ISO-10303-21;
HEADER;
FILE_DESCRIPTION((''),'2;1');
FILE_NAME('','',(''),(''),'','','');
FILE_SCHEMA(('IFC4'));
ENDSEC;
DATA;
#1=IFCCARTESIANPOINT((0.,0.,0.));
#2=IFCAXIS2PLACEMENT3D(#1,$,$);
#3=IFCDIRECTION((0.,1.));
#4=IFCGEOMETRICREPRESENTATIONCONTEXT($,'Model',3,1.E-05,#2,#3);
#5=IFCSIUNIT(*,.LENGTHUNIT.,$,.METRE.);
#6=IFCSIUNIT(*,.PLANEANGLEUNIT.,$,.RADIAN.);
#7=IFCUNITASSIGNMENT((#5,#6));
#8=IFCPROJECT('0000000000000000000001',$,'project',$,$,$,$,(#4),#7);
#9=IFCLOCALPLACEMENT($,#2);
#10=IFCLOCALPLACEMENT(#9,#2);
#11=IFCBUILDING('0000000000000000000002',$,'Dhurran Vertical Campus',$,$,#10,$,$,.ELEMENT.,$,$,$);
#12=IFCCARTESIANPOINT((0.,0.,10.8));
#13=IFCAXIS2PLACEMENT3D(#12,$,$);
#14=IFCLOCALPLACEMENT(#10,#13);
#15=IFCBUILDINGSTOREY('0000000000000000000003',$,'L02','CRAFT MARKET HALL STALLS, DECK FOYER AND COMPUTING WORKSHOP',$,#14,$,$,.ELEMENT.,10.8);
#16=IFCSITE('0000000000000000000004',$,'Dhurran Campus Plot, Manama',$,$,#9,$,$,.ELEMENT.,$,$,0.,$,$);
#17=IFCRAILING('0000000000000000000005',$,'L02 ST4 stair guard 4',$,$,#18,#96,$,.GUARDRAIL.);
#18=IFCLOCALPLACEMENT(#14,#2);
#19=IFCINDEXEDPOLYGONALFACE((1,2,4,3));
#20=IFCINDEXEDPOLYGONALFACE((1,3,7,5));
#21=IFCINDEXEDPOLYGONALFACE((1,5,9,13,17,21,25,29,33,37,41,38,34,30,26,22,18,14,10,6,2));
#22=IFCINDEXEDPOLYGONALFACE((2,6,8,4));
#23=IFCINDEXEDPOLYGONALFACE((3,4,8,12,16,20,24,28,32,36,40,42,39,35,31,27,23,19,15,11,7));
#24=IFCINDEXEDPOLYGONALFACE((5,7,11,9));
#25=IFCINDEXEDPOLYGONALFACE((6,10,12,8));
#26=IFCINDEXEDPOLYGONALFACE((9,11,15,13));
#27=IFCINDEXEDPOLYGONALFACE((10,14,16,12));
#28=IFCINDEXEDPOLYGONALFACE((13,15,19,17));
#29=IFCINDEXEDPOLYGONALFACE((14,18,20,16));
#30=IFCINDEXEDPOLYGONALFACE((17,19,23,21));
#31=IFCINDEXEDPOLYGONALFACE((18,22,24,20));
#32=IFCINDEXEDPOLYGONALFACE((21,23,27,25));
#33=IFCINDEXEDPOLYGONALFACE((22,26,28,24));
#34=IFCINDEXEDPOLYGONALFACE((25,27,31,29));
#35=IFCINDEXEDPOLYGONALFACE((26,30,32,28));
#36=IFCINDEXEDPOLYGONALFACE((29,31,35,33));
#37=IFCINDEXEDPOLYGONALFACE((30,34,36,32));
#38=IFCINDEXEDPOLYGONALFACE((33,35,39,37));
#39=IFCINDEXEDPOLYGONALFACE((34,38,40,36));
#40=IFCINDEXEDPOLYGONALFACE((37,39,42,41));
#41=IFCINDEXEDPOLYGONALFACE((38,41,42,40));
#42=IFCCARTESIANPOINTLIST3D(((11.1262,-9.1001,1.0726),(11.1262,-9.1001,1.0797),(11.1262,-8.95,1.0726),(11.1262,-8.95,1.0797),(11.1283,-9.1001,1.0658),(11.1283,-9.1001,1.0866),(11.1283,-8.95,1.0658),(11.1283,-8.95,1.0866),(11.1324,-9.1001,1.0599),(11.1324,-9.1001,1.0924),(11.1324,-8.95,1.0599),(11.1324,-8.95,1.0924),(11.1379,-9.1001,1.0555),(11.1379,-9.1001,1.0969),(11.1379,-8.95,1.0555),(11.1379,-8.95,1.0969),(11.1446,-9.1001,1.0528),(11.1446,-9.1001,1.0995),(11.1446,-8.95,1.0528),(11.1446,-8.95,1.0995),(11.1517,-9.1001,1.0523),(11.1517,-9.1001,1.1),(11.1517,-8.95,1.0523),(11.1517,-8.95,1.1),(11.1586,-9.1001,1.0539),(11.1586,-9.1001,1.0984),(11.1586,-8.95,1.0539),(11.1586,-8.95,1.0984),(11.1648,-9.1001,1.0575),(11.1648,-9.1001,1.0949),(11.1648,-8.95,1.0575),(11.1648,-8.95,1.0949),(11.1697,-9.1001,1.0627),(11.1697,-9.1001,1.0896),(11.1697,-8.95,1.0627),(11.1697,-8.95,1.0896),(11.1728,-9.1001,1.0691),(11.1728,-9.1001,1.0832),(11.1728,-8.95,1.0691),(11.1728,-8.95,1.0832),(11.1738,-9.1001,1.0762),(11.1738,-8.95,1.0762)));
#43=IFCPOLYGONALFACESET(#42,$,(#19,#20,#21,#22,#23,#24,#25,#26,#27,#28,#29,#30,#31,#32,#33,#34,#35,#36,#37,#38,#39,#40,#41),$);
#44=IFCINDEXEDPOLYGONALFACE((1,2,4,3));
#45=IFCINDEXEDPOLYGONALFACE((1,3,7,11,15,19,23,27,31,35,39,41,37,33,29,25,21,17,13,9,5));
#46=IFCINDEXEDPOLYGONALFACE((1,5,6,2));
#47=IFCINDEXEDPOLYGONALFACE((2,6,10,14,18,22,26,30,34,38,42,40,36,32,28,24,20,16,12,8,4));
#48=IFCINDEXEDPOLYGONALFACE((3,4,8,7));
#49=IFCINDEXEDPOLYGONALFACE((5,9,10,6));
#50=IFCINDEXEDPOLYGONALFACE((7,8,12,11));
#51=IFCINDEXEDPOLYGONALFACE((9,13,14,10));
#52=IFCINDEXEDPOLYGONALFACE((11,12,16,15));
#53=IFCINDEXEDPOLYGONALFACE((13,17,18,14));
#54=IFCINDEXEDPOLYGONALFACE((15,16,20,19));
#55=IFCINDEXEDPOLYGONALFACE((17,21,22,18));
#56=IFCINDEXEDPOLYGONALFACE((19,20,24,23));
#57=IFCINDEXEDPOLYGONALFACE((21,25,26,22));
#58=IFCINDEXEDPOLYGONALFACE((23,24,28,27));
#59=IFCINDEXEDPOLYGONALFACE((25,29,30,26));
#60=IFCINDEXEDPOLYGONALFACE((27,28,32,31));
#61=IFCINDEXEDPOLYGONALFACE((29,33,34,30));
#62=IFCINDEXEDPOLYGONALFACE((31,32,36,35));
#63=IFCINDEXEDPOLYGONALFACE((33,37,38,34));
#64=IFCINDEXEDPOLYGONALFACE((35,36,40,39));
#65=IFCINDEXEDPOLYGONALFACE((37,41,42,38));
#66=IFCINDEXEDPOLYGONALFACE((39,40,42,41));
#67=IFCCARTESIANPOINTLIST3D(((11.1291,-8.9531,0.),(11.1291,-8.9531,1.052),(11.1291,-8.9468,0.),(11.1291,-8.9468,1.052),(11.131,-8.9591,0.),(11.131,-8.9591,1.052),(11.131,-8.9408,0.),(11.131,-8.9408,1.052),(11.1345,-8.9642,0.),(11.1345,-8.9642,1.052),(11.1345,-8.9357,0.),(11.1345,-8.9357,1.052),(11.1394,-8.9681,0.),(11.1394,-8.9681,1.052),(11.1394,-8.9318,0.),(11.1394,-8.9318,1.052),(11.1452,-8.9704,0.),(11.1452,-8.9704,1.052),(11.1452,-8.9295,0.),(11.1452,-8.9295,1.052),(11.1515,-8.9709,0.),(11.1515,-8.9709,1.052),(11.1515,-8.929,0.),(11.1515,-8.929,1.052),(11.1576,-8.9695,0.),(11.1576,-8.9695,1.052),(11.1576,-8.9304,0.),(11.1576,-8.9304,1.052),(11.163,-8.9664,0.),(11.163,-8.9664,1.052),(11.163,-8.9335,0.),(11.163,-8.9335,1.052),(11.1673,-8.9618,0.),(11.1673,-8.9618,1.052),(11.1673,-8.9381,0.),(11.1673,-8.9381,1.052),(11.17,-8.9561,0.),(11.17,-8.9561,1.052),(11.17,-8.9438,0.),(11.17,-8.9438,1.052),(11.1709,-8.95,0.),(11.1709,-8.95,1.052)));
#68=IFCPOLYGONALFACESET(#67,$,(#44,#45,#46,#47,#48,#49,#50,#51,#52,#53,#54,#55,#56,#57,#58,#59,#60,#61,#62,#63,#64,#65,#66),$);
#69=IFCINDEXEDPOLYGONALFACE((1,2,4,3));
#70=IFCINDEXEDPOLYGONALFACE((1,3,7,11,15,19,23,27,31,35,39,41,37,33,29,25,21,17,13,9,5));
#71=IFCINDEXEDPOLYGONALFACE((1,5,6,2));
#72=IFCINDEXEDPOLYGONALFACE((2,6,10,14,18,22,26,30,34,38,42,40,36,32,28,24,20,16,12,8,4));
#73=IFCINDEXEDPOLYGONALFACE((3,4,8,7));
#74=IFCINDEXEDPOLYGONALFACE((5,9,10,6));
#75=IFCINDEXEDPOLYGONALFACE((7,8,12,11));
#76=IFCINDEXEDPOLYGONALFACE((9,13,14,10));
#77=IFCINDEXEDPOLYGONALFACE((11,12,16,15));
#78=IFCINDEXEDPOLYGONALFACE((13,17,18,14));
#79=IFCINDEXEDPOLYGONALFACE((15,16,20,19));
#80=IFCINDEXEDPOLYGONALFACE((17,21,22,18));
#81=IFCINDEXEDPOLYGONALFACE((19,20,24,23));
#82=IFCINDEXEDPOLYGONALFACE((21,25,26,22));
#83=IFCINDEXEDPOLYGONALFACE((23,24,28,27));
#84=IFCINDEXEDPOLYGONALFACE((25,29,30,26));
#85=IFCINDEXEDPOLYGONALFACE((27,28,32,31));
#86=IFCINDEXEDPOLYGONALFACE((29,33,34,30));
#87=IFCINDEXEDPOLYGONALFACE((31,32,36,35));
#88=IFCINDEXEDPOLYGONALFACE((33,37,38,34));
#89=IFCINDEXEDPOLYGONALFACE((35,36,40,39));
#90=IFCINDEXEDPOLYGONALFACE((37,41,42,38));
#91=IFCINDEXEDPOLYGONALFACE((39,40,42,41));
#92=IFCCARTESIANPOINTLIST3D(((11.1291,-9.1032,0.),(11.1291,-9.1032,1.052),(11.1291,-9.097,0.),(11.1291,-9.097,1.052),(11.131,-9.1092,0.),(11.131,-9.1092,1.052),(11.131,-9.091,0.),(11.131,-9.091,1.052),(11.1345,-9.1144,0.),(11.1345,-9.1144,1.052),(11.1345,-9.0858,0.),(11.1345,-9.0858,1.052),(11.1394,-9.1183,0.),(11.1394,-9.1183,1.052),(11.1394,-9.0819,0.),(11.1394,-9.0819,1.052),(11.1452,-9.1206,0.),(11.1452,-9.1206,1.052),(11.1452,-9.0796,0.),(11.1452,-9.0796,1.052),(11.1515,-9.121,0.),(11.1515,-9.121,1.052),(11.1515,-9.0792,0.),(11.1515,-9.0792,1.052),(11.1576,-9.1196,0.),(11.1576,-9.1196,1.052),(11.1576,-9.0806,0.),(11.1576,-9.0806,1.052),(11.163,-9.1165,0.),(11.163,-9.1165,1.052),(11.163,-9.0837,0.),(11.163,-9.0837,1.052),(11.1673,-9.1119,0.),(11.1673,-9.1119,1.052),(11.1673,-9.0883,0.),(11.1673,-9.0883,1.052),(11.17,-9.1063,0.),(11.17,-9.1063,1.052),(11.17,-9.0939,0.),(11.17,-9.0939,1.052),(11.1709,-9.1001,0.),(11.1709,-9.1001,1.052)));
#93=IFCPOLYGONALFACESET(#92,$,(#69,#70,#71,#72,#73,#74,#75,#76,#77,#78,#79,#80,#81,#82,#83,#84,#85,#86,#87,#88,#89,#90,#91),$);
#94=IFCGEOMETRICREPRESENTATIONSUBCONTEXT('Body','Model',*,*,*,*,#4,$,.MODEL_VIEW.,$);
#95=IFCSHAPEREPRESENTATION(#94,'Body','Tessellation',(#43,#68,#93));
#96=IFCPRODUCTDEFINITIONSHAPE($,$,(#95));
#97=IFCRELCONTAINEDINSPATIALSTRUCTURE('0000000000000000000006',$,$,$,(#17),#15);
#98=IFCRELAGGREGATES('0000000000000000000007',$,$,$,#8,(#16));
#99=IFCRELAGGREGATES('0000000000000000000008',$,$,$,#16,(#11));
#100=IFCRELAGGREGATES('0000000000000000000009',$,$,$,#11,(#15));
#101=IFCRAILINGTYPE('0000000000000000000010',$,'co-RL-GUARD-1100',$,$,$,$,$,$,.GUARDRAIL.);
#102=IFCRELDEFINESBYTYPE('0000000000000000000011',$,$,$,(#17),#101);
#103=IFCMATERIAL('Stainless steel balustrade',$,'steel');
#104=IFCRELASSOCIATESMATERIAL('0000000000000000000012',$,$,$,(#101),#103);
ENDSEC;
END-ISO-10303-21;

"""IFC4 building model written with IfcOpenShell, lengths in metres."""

from ifc_helpers import new_model, si_unit, direction, frame, origin, origin_2d, place, context, subcontext, project, spatial, circle, extrude, material, type_object, element, save


model = new_model("IFC4")

# Units and contexts
model_context = context("Model", 3, precision=1e-05, world=origin(), true_north=direction((0.0, 1.0)))
body_context = subcontext(model_context, "Body", "Model", "MODEL_VIEW")
ifc_project = project(units=[si_unit("LENGTHUNIT", "METRE"), si_unit("PLANEANGLEUNIT", "RADIAN")], contexts=[model_context])

# Site, building, storey
site_placement = place(None, origin())
site = spatial("IfcSite", under=ifc_project, at=site_placement, Name="Dhurran Campus Plot, Manama", CompositionType="ELEMENT", RefElevation=0.0)
building_placement = place(site_placement, origin())
building = spatial("IfcBuilding", under=site, at=building_placement, Name="Dhurran Vertical Campus", CompositionType="ELEMENT")
storey_placement = place(building_placement, frame((0.0, 0.0, 10.8)))
storey = spatial("IfcBuildingStorey", under=building, at=storey_placement, Name="L02", Description="CRAFT MARKET HALL STALLS, DECK FOYER AND COMPUTING WORKSHOP", CompositionType="ELEMENT", Elevation=10.8)

# Railing
ifc_material_1 = material(Name="Stainless steel balustrade", Category="steel")
railing_type_1 = type_object("IfcRailingType", Name="co-RL-GUARD-1100", PredefinedType="GUARDRAIL", material=ifc_material_1)
railing_1_placement = place(storey_placement, frame((11.1499, -8.95, 0.0)))
element("IfcRailing", 1, at=railing_1_placement, inside=storey, type_object=railing_type_1, Name="L02 ST4 stair guard 4", PredefinedType="GUARDRAIL", context=body_context, shape_type="SweptSolid", body=[
    extrude(circle(Radius=0.0239, at=origin_2d()), frame((0.0, 0.0, 1.0762), z_axis=(0.0, -1.0, 0.0), x_axis=(1.0, 0.0, 0.0)), (0.0, 0.0, 1.0), 0.1501),
    extrude(circle(Radius=0.021, at=origin_2d()), origin(), (0.0, 0.0, 1.0), 1.052),
    extrude(circle(Radius=0.021, at=origin_2d()), frame((0.0, -0.1501, 0.0)), (0.0, 0.0, 1.0), 1.052),
])

save(model, "model.ifc")
